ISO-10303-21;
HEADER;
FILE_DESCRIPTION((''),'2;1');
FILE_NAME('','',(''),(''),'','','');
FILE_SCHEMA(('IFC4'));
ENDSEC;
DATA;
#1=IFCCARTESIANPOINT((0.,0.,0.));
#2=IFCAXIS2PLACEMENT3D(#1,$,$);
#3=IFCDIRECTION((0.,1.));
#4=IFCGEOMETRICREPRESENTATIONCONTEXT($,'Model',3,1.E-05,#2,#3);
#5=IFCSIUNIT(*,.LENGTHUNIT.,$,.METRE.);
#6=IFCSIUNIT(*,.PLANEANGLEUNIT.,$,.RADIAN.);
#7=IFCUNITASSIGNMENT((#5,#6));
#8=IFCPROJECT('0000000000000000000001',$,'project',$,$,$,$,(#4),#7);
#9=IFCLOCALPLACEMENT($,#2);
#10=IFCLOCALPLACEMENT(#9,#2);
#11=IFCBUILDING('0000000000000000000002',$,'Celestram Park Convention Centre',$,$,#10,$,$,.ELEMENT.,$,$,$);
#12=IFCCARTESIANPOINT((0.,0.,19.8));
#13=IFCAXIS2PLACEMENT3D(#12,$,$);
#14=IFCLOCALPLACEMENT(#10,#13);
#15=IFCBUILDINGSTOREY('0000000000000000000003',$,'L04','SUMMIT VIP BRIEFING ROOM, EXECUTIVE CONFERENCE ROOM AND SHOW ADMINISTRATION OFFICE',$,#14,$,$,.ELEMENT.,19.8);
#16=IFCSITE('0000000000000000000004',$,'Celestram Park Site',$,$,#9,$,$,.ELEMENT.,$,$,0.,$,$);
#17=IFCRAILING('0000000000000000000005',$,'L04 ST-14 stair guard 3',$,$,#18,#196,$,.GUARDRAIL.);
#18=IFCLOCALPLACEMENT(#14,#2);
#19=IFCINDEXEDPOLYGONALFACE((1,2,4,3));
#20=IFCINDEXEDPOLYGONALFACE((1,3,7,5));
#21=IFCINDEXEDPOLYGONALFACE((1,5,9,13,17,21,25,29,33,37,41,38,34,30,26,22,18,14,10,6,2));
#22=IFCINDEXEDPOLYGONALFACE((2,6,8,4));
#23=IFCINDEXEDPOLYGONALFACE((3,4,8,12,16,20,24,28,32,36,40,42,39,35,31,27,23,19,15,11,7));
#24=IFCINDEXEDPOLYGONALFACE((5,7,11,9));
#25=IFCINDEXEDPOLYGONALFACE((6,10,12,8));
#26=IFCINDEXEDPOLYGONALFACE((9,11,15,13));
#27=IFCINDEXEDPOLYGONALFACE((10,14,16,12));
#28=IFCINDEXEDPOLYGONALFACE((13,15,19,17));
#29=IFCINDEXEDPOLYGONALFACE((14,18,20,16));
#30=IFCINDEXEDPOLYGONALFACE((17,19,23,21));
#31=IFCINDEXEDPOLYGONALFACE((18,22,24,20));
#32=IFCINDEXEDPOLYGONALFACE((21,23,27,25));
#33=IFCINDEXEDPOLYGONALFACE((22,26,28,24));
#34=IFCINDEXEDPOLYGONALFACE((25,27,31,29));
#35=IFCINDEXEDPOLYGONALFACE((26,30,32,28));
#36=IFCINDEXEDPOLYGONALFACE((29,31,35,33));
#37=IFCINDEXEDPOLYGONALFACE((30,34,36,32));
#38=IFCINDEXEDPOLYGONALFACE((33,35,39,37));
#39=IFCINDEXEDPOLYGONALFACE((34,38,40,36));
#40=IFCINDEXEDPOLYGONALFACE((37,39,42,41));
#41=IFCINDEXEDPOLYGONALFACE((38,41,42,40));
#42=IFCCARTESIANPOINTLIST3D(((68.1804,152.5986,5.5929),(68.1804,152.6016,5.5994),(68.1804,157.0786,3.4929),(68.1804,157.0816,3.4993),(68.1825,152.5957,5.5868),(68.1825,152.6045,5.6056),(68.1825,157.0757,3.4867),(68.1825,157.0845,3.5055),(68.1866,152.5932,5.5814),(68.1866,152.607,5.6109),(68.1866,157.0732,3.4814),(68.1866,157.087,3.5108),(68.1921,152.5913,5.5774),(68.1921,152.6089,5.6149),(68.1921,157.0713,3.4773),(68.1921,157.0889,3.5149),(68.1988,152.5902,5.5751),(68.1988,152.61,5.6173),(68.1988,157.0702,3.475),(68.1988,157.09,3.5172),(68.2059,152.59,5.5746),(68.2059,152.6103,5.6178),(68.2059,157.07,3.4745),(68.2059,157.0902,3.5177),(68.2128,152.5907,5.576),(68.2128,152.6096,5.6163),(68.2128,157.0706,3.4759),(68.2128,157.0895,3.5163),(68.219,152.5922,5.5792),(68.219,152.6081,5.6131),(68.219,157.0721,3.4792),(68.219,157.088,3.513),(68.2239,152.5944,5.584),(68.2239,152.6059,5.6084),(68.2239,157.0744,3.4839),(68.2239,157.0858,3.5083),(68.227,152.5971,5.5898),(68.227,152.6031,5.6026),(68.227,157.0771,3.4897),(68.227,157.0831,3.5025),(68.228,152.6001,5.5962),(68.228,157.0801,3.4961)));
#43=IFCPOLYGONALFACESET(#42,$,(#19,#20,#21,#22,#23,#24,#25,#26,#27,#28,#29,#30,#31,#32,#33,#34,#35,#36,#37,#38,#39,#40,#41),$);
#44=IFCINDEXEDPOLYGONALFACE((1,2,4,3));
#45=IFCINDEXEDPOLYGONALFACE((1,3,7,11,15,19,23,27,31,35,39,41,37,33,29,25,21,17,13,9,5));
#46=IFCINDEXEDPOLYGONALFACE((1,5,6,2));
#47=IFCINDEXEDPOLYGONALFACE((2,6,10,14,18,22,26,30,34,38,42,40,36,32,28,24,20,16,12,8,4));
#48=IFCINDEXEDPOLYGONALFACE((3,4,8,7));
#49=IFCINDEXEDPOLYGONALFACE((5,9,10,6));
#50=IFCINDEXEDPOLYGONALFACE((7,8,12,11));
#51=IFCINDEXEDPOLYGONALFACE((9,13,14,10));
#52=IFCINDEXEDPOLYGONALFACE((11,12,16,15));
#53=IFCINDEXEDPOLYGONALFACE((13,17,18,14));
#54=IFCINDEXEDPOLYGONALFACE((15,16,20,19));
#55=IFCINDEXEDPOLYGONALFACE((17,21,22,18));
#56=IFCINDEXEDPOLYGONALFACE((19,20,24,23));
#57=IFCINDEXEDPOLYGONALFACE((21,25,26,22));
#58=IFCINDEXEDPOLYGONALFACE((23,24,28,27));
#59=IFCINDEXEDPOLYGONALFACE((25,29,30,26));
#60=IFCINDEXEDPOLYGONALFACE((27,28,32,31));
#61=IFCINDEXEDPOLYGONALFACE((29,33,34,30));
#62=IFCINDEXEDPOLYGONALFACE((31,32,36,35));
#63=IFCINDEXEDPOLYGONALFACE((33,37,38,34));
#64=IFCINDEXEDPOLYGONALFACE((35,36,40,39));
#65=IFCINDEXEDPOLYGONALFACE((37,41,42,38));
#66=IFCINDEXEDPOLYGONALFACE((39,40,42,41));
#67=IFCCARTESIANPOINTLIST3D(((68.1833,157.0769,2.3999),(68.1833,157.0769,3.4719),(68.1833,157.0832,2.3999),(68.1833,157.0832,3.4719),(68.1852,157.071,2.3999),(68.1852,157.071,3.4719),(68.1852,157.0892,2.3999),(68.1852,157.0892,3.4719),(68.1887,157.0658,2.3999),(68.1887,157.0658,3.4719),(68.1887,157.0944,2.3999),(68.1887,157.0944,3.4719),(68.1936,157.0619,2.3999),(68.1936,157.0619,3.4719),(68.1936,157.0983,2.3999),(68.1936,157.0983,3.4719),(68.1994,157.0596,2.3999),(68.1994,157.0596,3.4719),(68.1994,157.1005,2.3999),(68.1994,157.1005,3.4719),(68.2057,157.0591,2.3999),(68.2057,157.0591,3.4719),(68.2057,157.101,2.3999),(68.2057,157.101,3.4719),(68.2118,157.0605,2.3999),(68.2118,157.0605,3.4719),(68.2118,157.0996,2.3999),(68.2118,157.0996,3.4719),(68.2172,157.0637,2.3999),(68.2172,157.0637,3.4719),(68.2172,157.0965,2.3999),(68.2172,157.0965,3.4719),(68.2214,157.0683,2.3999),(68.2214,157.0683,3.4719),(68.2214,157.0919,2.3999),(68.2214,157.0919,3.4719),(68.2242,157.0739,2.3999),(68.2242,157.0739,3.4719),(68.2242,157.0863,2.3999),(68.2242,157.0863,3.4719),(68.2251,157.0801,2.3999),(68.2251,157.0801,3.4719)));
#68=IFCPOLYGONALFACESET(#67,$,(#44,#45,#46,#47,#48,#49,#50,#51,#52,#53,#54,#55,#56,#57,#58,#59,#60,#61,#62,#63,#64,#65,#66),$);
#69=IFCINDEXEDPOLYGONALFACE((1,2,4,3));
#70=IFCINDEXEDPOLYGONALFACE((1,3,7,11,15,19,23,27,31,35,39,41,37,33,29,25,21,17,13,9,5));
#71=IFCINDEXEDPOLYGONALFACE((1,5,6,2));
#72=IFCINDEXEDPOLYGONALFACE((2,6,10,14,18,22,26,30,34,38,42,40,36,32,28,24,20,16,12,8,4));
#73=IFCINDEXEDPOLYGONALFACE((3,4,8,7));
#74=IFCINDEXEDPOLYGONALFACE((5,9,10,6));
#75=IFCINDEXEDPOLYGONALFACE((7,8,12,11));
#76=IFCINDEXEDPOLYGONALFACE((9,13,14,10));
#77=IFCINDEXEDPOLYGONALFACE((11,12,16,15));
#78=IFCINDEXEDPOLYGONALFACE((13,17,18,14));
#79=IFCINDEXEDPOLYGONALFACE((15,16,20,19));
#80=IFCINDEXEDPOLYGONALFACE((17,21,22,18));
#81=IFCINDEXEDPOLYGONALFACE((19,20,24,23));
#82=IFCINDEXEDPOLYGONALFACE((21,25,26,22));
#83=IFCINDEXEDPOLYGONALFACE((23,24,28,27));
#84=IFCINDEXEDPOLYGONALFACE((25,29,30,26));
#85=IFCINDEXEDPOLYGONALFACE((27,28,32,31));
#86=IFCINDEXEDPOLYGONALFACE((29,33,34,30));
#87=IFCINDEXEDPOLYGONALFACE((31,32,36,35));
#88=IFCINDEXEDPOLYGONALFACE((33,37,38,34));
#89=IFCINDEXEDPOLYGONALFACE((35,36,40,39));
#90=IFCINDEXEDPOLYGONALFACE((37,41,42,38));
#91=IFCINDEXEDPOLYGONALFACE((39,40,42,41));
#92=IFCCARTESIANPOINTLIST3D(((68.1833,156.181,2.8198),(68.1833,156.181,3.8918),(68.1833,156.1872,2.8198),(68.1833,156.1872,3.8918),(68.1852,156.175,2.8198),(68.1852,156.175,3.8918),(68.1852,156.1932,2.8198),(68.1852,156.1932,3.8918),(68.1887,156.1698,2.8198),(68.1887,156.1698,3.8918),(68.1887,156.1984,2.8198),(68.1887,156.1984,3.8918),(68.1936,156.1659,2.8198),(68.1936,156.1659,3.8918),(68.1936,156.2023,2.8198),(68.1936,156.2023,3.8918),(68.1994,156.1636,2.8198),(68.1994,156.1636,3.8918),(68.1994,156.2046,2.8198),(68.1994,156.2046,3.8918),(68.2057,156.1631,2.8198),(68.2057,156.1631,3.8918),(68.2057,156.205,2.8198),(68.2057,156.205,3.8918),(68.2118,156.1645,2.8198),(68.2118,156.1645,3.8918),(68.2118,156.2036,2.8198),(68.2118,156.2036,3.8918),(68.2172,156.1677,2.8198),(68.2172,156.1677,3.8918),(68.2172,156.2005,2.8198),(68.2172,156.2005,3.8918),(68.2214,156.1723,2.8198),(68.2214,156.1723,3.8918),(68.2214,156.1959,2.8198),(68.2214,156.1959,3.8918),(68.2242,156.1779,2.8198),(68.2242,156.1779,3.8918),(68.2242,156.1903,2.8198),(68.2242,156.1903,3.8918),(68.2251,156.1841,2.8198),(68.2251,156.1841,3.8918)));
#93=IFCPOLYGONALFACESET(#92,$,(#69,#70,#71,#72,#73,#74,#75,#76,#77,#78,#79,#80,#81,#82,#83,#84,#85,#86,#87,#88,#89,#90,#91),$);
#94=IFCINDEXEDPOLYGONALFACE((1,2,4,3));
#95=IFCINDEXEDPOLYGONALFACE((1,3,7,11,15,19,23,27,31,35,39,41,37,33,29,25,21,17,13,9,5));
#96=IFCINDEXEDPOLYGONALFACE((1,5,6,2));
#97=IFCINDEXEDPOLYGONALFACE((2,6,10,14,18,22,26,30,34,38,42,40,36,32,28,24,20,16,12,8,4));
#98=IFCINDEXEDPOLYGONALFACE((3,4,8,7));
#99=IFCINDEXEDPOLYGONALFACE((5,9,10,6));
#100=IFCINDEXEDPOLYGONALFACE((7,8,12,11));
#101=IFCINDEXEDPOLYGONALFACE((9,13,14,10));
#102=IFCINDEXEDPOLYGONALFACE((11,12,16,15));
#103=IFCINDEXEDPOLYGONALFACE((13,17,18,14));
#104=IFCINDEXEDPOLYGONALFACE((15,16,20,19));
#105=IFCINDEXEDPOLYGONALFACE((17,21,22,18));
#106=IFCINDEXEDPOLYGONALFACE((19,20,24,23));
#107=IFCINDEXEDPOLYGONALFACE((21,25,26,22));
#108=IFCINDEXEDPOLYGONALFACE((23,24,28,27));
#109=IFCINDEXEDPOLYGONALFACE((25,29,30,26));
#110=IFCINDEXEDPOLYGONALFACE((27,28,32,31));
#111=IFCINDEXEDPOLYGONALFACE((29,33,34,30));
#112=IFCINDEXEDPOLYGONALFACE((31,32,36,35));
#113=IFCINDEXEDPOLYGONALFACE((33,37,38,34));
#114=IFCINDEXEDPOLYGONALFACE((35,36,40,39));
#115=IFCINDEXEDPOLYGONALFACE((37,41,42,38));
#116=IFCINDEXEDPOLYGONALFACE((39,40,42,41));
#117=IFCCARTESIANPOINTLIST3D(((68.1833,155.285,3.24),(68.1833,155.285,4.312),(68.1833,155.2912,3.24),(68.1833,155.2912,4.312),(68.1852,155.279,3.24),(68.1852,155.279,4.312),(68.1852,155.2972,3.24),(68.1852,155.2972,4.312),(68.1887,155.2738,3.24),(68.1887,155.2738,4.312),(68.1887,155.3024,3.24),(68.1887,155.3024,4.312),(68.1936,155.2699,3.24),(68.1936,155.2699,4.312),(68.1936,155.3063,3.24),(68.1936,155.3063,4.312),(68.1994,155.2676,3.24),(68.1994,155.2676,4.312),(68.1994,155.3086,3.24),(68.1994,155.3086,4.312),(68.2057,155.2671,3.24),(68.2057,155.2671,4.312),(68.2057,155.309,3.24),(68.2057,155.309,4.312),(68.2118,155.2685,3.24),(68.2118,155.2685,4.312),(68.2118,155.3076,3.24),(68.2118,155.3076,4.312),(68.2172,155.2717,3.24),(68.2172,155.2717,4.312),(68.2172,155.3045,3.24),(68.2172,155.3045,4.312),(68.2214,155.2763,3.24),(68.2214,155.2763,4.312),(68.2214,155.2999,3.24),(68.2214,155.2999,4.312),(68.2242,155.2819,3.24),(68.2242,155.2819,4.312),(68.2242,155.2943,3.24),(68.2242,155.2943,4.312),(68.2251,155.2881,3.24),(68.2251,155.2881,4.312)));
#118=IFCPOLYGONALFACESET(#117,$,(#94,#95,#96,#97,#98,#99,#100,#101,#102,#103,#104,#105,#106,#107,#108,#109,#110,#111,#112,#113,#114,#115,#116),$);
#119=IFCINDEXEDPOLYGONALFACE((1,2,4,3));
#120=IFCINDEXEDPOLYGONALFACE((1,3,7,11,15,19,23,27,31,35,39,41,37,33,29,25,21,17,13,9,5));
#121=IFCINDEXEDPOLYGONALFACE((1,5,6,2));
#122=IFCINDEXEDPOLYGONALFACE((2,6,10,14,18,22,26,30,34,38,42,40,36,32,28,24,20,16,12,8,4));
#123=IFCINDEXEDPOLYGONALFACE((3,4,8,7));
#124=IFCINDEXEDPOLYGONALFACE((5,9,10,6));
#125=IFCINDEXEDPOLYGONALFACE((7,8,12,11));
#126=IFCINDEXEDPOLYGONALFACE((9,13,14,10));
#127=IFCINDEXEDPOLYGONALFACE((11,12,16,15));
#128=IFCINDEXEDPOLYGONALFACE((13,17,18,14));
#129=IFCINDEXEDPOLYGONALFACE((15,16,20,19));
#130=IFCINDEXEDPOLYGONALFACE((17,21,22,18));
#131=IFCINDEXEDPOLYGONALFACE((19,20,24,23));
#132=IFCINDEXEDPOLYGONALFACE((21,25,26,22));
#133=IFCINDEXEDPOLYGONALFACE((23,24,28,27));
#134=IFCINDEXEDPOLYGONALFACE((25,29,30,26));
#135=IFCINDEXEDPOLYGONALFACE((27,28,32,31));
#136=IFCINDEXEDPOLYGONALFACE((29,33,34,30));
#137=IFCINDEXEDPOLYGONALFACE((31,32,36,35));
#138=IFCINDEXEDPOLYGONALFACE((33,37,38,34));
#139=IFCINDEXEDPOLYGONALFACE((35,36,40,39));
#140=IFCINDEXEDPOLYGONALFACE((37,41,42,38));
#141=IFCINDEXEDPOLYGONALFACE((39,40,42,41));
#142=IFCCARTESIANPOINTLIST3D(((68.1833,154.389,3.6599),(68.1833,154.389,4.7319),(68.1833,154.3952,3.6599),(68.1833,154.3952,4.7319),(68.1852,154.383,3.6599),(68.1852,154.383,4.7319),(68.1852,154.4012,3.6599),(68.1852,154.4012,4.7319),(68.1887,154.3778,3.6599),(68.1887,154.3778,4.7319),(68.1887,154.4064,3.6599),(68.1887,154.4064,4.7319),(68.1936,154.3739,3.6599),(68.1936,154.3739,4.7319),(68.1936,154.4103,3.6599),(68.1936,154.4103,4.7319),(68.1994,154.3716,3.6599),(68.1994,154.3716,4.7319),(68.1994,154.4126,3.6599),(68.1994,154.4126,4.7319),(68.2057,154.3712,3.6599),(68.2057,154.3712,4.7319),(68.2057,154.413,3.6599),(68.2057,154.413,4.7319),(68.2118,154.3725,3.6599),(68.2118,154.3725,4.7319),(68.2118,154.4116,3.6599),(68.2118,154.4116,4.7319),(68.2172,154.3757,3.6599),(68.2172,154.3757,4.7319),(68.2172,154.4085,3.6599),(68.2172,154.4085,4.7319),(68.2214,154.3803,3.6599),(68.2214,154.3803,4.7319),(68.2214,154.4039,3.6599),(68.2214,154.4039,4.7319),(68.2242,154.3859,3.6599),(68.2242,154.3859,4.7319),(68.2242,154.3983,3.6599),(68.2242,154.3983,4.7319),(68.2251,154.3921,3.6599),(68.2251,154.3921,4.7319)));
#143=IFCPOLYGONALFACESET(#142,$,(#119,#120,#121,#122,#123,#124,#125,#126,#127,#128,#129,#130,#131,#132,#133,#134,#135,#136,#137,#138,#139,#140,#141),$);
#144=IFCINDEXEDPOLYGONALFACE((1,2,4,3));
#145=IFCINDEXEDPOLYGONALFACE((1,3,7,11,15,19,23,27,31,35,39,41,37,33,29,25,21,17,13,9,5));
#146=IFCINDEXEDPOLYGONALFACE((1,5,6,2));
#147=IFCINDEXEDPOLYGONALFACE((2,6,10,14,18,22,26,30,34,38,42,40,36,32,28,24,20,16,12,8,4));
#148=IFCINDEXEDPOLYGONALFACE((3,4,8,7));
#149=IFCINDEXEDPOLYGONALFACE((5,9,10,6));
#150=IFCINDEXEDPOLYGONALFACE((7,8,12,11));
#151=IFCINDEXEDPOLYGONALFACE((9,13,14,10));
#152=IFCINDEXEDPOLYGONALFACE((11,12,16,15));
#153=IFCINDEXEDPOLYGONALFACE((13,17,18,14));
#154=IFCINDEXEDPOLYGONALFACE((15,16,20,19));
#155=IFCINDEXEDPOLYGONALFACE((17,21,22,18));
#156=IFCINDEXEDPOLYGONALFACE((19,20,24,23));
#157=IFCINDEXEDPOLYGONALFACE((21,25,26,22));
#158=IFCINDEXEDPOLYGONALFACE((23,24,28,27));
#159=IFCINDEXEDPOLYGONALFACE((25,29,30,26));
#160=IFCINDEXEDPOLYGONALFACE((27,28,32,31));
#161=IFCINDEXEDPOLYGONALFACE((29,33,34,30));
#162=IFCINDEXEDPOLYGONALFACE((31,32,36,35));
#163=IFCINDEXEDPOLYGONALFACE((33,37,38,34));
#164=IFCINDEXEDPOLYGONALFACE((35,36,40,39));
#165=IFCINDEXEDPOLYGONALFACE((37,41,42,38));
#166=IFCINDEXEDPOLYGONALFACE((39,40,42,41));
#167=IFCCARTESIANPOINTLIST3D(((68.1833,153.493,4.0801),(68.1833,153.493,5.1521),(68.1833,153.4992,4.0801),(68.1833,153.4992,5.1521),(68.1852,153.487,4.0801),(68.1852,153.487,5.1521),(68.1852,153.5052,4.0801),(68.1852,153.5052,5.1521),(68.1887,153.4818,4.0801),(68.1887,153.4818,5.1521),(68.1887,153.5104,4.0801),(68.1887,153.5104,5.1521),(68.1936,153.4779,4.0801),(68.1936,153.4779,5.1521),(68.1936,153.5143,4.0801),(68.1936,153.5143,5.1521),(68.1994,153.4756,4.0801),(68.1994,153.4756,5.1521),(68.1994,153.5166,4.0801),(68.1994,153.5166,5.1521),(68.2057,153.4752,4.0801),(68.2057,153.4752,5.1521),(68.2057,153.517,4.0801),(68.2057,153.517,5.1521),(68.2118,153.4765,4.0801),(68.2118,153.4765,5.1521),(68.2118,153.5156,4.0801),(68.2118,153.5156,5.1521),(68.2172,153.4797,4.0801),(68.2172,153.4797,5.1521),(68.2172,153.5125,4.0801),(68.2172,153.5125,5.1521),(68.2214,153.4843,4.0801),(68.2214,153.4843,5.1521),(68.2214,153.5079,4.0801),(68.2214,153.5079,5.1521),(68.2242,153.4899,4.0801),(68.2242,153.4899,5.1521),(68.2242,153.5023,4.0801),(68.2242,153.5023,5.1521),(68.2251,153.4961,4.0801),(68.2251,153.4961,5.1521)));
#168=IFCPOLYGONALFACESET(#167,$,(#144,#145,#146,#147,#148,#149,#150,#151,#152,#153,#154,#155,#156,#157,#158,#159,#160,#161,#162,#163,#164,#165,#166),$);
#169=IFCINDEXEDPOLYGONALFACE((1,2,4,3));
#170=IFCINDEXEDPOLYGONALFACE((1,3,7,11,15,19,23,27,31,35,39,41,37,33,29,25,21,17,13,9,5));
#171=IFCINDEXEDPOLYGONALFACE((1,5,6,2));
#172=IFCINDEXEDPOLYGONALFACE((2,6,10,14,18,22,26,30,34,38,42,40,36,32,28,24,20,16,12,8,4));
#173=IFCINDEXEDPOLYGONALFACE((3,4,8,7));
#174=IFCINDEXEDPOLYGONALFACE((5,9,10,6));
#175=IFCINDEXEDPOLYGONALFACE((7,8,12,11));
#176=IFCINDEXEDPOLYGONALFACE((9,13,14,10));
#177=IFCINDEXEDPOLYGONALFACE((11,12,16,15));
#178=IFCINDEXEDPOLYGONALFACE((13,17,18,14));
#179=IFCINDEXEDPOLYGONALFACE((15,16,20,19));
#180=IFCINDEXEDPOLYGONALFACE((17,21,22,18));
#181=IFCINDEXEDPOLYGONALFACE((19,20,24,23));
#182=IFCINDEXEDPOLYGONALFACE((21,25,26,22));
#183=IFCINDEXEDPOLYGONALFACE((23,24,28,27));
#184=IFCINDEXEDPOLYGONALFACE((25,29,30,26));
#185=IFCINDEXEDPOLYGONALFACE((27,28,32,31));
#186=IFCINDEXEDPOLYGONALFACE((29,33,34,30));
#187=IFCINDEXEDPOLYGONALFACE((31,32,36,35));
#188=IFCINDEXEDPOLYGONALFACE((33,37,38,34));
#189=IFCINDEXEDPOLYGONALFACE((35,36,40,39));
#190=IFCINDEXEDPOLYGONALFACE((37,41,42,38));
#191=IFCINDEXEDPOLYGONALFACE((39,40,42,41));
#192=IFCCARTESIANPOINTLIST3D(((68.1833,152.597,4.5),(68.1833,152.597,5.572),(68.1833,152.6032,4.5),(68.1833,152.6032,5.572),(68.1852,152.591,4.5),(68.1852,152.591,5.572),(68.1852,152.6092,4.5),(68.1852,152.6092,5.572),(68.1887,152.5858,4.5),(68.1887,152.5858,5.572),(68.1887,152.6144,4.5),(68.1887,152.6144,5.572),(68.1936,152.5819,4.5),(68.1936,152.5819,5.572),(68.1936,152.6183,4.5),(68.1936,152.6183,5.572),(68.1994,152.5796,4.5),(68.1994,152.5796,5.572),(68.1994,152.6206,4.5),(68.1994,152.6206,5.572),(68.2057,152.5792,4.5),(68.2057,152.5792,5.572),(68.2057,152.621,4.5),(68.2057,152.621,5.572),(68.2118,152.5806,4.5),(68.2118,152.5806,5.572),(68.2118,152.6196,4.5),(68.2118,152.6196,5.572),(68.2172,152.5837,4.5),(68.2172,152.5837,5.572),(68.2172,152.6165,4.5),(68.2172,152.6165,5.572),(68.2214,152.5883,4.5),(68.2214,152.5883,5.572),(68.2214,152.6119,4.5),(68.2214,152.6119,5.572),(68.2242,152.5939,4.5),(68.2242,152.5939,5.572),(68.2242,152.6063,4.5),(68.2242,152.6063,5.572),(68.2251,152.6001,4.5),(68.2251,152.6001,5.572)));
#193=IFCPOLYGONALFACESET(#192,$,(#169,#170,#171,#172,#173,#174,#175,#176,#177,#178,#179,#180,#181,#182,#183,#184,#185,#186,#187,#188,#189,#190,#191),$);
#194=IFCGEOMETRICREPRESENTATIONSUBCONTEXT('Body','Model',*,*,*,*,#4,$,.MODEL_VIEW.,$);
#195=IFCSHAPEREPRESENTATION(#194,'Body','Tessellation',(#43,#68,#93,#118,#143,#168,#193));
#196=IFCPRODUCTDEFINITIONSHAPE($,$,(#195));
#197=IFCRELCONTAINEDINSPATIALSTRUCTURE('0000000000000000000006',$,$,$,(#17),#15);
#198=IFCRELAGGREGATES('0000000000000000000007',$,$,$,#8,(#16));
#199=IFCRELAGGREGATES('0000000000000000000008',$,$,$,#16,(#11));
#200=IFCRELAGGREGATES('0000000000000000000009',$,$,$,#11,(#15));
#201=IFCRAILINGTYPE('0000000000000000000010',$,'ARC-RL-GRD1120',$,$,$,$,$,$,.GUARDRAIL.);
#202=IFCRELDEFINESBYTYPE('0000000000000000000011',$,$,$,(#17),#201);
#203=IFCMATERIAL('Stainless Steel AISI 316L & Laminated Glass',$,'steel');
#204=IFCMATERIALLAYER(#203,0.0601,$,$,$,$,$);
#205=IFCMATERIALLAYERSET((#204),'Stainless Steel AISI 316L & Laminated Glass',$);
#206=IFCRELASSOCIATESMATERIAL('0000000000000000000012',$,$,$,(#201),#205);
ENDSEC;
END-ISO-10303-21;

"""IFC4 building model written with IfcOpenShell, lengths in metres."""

from ifc_helpers import new_model, si_unit, direction, frame, origin, origin_2d, place, context, subcontext, project, spatial, circle, extrude, material, layer, layer_set, type_object, element, save


model = new_model("IFC4")

# Units and contexts
model_context = context("Model", 3, precision=1e-05, world=origin(), true_north=direction((0.0, 1.0)))
body_context = subcontext(model_context, "Body", "Model", "MODEL_VIEW")
ifc_project = project(units=[si_unit("LENGTHUNIT", "METRE"), si_unit("PLANEANGLEUNIT", "RADIAN")], contexts=[model_context])

# Site, building, storey
site_placement = place(None, origin())
site = spatial("IfcSite", under=ifc_project, at=site_placement, Name="Celestram Park Site", CompositionType="ELEMENT", RefElevation=0.0)
building_placement = place(site_placement, origin())
building = spatial("IfcBuilding", under=site, at=building_placement, Name="Celestram Park Convention Centre", CompositionType="ELEMENT")
storey_placement = place(building_placement, frame((0.0, 0.0, 19.8)))
storey = spatial("IfcBuildingStorey", under=building, at=storey_placement, Name="L04", Description="SUMMIT VIP BRIEFING ROOM, EXECUTIVE CONFERENCE ROOM AND SHOW ADMINISTRATION OFFICE", CompositionType="ELEMENT", Elevation=19.8)

# Railing
ifc_material_1 = material(Name="Stainless Steel AISI 316L & Laminated Glass", Category="steel")
ifc_layer_1 = layer(ifc_material_1, 0.0601)
ifc_layer_set_1 = layer_set([ifc_layer_1], Name="Stainless Steel AISI 316L & Laminated Glass")
railing_type_1 = type_object("IfcRailingType", Name="ARC-RL-GRD1120", PredefinedType="GUARDRAIL", material=ifc_layer_set_1)
railing_1_placement = place(storey_placement, frame((68.2041, 157.0801, 2.3999)))
element("IfcRailing", 1, at=railing_1_placement, inside=storey, type_object=railing_type_1, Name="L04 ST-14 stair guard 3", PredefinedType="GUARDRAIL", context=body_context, shape_type="SweptSolid", body=[
    extrude(circle(Radius=0.0239, at=origin_2d()), frame((0.0, 0.0, 1.0962), z_axis=(0.0, -0.905451, 0.424452), x_axis=(1.0, 0.0, 0.0)), (0.0, 0.0, 1.0), 4.9478),
    extrude(circle(Radius=0.021, at=origin_2d()), origin(), (0.0, 0.0, 1.0), 1.072),
    extrude(circle(Radius=0.021, at=origin_2d()), frame((0.0, -0.896, 0.4199)), (0.0, 0.0, 1.0), 1.072),
    extrude(circle(Radius=0.021, at=origin_2d()), frame((0.0, -1.792, 0.8401)), (0.0, 0.0, 1.0), 1.072),
    extrude(circle(Radius=0.021, at=origin_2d()), frame((0.0, -2.688, 1.26)), (0.0, 0.0, 1.0), 1.072),
    extrude(circle(Radius=0.021, at=origin_2d()), frame((0.0, -3.584, 1.6802)), (0.0, 0.0, 1.0), 1.072),
    extrude(circle(Radius=0.021, at=origin_2d()), frame((0.0, -4.48, 2.1001)), (0.0, 0.0, 1.0), 1.072),
])

save(model, "model.ifc")
